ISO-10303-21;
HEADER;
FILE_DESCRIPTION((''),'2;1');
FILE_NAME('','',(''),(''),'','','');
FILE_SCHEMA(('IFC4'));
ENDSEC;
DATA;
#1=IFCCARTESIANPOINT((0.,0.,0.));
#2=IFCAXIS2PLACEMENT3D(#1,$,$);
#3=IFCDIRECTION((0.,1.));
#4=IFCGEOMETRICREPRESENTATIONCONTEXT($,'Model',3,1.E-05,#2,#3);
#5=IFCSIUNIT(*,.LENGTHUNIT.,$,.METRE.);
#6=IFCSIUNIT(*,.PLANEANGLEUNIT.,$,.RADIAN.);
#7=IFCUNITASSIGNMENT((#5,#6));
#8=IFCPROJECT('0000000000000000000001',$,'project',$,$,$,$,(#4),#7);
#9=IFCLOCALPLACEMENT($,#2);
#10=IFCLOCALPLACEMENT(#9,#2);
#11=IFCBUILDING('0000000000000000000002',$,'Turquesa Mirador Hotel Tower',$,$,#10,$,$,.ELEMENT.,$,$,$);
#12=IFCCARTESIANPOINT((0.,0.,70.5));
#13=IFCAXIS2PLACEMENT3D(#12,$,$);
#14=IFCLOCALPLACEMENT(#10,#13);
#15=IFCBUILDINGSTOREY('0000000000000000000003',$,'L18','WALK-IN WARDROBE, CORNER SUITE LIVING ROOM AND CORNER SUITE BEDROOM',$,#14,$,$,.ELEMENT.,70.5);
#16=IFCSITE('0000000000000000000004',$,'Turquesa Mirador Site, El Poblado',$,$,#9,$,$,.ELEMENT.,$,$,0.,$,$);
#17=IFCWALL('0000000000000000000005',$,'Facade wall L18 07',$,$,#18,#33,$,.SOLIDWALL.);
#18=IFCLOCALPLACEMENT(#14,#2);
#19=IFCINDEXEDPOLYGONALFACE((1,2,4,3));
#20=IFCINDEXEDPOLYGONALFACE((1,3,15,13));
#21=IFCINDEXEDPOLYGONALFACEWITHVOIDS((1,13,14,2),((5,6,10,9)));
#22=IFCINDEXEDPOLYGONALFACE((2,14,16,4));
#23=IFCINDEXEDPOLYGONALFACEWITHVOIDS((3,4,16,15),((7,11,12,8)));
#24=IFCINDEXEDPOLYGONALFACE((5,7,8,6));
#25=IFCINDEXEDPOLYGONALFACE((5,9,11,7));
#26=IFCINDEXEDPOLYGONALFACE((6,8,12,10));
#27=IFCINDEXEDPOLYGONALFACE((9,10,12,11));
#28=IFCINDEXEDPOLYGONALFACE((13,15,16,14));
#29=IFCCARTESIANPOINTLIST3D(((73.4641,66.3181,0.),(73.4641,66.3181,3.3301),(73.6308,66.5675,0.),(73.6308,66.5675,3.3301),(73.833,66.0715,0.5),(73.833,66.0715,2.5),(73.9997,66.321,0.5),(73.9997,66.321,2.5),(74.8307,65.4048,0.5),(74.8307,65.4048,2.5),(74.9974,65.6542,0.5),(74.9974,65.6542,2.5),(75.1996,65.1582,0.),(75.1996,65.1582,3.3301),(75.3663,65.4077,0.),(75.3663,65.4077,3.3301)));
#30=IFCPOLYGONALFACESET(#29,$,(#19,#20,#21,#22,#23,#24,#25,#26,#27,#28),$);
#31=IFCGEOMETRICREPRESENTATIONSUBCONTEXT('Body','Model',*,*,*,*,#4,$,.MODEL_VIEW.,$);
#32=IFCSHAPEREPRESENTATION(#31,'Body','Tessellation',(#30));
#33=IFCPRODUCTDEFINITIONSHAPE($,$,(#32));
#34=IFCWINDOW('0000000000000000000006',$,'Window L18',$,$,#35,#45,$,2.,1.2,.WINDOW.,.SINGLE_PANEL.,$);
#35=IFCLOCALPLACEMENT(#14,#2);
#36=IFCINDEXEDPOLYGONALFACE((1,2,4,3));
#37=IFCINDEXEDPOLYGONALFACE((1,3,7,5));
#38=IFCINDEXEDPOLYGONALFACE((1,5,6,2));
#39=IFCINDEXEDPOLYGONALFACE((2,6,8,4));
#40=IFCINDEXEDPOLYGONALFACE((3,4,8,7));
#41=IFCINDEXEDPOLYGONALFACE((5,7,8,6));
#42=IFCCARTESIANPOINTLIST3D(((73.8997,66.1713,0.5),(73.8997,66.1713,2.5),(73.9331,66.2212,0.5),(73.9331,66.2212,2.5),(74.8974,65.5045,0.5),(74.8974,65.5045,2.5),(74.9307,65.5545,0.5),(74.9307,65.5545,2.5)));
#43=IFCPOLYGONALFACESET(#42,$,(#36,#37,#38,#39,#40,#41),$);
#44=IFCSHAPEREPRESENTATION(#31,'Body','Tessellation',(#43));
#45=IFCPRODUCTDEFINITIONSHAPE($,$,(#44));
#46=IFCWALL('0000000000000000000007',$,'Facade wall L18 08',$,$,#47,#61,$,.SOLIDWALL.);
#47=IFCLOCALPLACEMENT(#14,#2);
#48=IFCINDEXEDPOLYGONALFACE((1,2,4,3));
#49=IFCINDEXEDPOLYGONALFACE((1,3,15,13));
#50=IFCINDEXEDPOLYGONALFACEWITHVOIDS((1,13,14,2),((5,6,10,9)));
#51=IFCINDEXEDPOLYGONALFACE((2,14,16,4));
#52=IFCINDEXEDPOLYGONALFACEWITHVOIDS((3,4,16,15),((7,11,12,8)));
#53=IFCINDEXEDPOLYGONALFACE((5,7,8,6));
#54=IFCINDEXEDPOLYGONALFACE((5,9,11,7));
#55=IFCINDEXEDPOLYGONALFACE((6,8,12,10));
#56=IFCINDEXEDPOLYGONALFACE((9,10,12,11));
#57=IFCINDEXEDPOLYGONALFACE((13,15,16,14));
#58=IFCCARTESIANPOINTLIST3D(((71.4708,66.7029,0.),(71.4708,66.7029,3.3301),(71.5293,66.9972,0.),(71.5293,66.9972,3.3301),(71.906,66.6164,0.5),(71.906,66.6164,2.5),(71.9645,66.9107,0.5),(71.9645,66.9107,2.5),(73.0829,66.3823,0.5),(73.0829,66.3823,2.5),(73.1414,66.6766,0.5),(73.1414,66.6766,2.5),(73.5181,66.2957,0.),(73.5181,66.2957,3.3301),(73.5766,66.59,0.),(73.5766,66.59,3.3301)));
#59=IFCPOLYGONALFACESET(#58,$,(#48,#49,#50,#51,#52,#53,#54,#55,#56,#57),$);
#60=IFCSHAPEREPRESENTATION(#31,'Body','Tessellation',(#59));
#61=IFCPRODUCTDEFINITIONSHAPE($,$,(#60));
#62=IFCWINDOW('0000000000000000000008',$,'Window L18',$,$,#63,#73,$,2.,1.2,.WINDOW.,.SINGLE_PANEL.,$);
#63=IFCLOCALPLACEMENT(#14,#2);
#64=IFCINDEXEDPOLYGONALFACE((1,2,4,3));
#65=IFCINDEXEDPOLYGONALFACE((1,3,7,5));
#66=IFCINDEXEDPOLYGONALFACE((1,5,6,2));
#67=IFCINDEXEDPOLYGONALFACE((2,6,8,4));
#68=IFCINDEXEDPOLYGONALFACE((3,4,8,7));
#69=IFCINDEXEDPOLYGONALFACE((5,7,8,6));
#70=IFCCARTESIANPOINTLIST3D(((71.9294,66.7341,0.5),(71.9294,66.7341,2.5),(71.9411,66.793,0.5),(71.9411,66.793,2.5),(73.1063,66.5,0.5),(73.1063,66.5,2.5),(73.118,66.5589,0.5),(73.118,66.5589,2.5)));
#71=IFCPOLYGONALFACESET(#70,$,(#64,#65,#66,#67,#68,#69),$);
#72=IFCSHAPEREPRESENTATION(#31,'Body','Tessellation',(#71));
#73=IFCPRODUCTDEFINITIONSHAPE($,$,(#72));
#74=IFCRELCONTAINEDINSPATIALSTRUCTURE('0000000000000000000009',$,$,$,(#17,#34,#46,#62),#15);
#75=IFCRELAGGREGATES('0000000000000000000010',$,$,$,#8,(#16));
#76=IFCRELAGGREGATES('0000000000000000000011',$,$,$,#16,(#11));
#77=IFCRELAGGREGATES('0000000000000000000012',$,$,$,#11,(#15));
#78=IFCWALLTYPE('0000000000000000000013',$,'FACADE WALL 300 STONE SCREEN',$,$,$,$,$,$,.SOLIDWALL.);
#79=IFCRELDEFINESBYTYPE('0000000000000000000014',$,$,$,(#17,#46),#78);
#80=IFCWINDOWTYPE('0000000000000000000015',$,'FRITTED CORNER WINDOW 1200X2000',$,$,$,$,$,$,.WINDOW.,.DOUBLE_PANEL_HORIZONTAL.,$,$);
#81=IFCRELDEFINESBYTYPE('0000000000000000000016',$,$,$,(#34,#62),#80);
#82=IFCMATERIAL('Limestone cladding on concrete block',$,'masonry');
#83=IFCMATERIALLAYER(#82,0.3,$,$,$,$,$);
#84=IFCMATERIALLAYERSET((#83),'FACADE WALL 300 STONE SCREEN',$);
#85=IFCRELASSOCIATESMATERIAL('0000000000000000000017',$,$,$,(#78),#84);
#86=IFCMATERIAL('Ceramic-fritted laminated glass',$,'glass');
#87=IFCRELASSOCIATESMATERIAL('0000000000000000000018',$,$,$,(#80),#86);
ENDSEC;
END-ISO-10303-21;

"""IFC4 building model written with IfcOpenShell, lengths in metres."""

from ifc_helpers import new_model, si_unit, direction, frame, frame_2d, origin, place, context, subcontext, project, spatial, rectangle, extrude, material, layer, layer_set, type_object, element, fill, save


model = new_model("IFC4")

# Units and contexts
model_context = context("Model", 3, precision=1e-05, world=origin(), true_north=direction((0.0, 1.0)))
body_context = subcontext(model_context, "Body", "Model", "MODEL_VIEW")
ifc_project = project(units=[si_unit("LENGTHUNIT", "METRE"), si_unit("PLANEANGLEUNIT", "RADIAN")], contexts=[model_context])

# Site, building, storey
site_placement = place(None, origin())
site = spatial("IfcSite", under=ifc_project, at=site_placement, Name="Turquesa Mirador Site, El Poblado", CompositionType="ELEMENT", RefElevation=0.0)
building_placement = place(site_placement, origin())
building = spatial("IfcBuilding", under=site, at=building_placement, Name="Turquesa Mirador Hotel Tower", CompositionType="ELEMENT")
storey_placement = place(building_placement, frame((0.0, 0.0, 70.5)))
storey = spatial("IfcBuildingStorey", under=building, at=storey_placement, Name="L18", Description="WALK-IN WARDROBE, CORNER SUITE LIVING ROOM AND CORNER SUITE BEDROOM", CompositionType="ELEMENT", Elevation=70.5)

# Walls, openings, windows
ifc_material_1 = material(Name="Limestone cladding on concrete block", Category="masonry")
ifc_layer = layer(ifc_material_1, 0.3)
ifc_layer_set = layer_set([ifc_layer], Name="FACADE WALL 300 STONE SCREEN")
wall_type = type_object("IfcWallType", Name="FACADE WALL 300 STONE SCREEN", PredefinedType="SOLIDWALL", material=ifc_layer_set)
ifc_material_2 = material(Name="Ceramic-fritted laminated glass", Category="glass")
window_type = type_object("IfcWindowType", Name="FRITTED CORNER WINDOW 1200X2000", PartitioningType="DOUBLE_PANEL_HORIZONTAL", PredefinedType="WINDOW", material=ifc_material_2)
wall_1_placement = place(storey_placement, frame((75.283, 65.283, 0.0), z_axis=(0.0, 0.0, 1.0), x_axis=(-0.83142, 0.555644, 0.0)))
wall_1 = element("IfcWall", 1, at=wall_1_placement, inside=storey, type_object=wall_type, Name="Facade wall L18 07", PredefinedType="SOLIDWALL", context=body_context, shape_type="SweptSolid", body=[
    extrude(rectangle(XDim=2.0874, YDim=0.3, at=frame_2d((1.0437, 0.0))), origin(), (0.0, 0.0, 1.0), 3.3301),
])
opening_1_placement = place(wall_1_placement, frame((0.4436, 0.0, 0.5)))
opening_1 = element("IfcOpeningElement", 2, at=opening_1_placement, cuts=wall_1, PredefinedType="OPENING", context=body_context, shape_type="SweptSolid", body=[
    extrude(rectangle(XDim=1.2, YDim=2.0, at=frame_2d((0.6001, 1.0))), frame((0.0, 0.1599, 0.0), z_axis=(0.0, -1.0, 0.0), x_axis=(1.0, 0.0, 0.0)), (0.0, 0.0, 1.0), 0.3201),
])
window_1_placement = place(opening_1_placement, origin())
window_1 = element("IfcWindow", 3, at=window_1_placement, inside=storey, type_object=window_type, Name="Window L18", OverallHeight=2.0, OverallWidth=1.2, PartitioningType="SINGLE_PANEL", PredefinedType="WINDOW", context=body_context, shape_type="SweptSolid", body=[
    extrude(rectangle(XDim=1.2, YDim=2.0, at=frame_2d((0.6001, 1.0))), frame((0.0, 0.03, 0.0), z_axis=(0.0, -1.0, 0.0), x_axis=(1.0, 0.0, 0.0)), (0.0, 0.0, 1.0), 0.0601),
])
fill(opening_1, window_1)
wall_2_placement = place(storey_placement, frame((73.5474, 66.4429, 0.0), z_axis=(0.0, 0.0, 1.0), x_axis=(-0.980787, 0.195081, 0.0)))
wall_2 = element("IfcWall", 4, at=wall_2_placement, inside=storey, type_object=wall_type, Name="Facade wall L18 08", PredefinedType="SOLIDWALL", context=body_context, shape_type="SweptSolid", body=[
    extrude(rectangle(XDim=2.0874, YDim=0.3, at=frame_2d((1.0437, 0.0))), origin(), (0.0, 0.0, 1.0), 3.3301),
])
opening_2_placement = place(wall_2_placement, frame((0.4436, 0.0, 0.5)))
opening_2 = element("IfcOpeningElement", 5, at=opening_2_placement, cuts=wall_2, PredefinedType="OPENING", context=body_context, shape_type="SweptSolid", body=[
    extrude(rectangle(XDim=1.2, YDim=2.0, at=frame_2d((0.6001, 1.0))), frame((0.0, 0.1599, 0.0), z_axis=(0.0, -1.0, 0.0), x_axis=(1.0, 0.0, 0.0)), (0.0, 0.0, 1.0), 0.3201),
])
window_2_placement = place(opening_2_placement, origin())
window_2 = element("IfcWindow", 6, at=window_2_placement, inside=storey, type_object=window_type, Name="Window L18", OverallHeight=2.0, OverallWidth=1.2, PartitioningType="SINGLE_PANEL", PredefinedType="WINDOW", context=body_context, shape_type="SweptSolid", body=[
    extrude(rectangle(XDim=1.2, YDim=2.0, at=frame_2d((0.6001, 1.0))), frame((0.0, 0.03, 0.0), z_axis=(0.0, -1.0, 0.0), x_axis=(1.0, 0.0, 0.0)), (0.0, 0.0, 1.0), 0.0601),
])
fill(opening_2, window_2)

save(model, "model.ifc")
